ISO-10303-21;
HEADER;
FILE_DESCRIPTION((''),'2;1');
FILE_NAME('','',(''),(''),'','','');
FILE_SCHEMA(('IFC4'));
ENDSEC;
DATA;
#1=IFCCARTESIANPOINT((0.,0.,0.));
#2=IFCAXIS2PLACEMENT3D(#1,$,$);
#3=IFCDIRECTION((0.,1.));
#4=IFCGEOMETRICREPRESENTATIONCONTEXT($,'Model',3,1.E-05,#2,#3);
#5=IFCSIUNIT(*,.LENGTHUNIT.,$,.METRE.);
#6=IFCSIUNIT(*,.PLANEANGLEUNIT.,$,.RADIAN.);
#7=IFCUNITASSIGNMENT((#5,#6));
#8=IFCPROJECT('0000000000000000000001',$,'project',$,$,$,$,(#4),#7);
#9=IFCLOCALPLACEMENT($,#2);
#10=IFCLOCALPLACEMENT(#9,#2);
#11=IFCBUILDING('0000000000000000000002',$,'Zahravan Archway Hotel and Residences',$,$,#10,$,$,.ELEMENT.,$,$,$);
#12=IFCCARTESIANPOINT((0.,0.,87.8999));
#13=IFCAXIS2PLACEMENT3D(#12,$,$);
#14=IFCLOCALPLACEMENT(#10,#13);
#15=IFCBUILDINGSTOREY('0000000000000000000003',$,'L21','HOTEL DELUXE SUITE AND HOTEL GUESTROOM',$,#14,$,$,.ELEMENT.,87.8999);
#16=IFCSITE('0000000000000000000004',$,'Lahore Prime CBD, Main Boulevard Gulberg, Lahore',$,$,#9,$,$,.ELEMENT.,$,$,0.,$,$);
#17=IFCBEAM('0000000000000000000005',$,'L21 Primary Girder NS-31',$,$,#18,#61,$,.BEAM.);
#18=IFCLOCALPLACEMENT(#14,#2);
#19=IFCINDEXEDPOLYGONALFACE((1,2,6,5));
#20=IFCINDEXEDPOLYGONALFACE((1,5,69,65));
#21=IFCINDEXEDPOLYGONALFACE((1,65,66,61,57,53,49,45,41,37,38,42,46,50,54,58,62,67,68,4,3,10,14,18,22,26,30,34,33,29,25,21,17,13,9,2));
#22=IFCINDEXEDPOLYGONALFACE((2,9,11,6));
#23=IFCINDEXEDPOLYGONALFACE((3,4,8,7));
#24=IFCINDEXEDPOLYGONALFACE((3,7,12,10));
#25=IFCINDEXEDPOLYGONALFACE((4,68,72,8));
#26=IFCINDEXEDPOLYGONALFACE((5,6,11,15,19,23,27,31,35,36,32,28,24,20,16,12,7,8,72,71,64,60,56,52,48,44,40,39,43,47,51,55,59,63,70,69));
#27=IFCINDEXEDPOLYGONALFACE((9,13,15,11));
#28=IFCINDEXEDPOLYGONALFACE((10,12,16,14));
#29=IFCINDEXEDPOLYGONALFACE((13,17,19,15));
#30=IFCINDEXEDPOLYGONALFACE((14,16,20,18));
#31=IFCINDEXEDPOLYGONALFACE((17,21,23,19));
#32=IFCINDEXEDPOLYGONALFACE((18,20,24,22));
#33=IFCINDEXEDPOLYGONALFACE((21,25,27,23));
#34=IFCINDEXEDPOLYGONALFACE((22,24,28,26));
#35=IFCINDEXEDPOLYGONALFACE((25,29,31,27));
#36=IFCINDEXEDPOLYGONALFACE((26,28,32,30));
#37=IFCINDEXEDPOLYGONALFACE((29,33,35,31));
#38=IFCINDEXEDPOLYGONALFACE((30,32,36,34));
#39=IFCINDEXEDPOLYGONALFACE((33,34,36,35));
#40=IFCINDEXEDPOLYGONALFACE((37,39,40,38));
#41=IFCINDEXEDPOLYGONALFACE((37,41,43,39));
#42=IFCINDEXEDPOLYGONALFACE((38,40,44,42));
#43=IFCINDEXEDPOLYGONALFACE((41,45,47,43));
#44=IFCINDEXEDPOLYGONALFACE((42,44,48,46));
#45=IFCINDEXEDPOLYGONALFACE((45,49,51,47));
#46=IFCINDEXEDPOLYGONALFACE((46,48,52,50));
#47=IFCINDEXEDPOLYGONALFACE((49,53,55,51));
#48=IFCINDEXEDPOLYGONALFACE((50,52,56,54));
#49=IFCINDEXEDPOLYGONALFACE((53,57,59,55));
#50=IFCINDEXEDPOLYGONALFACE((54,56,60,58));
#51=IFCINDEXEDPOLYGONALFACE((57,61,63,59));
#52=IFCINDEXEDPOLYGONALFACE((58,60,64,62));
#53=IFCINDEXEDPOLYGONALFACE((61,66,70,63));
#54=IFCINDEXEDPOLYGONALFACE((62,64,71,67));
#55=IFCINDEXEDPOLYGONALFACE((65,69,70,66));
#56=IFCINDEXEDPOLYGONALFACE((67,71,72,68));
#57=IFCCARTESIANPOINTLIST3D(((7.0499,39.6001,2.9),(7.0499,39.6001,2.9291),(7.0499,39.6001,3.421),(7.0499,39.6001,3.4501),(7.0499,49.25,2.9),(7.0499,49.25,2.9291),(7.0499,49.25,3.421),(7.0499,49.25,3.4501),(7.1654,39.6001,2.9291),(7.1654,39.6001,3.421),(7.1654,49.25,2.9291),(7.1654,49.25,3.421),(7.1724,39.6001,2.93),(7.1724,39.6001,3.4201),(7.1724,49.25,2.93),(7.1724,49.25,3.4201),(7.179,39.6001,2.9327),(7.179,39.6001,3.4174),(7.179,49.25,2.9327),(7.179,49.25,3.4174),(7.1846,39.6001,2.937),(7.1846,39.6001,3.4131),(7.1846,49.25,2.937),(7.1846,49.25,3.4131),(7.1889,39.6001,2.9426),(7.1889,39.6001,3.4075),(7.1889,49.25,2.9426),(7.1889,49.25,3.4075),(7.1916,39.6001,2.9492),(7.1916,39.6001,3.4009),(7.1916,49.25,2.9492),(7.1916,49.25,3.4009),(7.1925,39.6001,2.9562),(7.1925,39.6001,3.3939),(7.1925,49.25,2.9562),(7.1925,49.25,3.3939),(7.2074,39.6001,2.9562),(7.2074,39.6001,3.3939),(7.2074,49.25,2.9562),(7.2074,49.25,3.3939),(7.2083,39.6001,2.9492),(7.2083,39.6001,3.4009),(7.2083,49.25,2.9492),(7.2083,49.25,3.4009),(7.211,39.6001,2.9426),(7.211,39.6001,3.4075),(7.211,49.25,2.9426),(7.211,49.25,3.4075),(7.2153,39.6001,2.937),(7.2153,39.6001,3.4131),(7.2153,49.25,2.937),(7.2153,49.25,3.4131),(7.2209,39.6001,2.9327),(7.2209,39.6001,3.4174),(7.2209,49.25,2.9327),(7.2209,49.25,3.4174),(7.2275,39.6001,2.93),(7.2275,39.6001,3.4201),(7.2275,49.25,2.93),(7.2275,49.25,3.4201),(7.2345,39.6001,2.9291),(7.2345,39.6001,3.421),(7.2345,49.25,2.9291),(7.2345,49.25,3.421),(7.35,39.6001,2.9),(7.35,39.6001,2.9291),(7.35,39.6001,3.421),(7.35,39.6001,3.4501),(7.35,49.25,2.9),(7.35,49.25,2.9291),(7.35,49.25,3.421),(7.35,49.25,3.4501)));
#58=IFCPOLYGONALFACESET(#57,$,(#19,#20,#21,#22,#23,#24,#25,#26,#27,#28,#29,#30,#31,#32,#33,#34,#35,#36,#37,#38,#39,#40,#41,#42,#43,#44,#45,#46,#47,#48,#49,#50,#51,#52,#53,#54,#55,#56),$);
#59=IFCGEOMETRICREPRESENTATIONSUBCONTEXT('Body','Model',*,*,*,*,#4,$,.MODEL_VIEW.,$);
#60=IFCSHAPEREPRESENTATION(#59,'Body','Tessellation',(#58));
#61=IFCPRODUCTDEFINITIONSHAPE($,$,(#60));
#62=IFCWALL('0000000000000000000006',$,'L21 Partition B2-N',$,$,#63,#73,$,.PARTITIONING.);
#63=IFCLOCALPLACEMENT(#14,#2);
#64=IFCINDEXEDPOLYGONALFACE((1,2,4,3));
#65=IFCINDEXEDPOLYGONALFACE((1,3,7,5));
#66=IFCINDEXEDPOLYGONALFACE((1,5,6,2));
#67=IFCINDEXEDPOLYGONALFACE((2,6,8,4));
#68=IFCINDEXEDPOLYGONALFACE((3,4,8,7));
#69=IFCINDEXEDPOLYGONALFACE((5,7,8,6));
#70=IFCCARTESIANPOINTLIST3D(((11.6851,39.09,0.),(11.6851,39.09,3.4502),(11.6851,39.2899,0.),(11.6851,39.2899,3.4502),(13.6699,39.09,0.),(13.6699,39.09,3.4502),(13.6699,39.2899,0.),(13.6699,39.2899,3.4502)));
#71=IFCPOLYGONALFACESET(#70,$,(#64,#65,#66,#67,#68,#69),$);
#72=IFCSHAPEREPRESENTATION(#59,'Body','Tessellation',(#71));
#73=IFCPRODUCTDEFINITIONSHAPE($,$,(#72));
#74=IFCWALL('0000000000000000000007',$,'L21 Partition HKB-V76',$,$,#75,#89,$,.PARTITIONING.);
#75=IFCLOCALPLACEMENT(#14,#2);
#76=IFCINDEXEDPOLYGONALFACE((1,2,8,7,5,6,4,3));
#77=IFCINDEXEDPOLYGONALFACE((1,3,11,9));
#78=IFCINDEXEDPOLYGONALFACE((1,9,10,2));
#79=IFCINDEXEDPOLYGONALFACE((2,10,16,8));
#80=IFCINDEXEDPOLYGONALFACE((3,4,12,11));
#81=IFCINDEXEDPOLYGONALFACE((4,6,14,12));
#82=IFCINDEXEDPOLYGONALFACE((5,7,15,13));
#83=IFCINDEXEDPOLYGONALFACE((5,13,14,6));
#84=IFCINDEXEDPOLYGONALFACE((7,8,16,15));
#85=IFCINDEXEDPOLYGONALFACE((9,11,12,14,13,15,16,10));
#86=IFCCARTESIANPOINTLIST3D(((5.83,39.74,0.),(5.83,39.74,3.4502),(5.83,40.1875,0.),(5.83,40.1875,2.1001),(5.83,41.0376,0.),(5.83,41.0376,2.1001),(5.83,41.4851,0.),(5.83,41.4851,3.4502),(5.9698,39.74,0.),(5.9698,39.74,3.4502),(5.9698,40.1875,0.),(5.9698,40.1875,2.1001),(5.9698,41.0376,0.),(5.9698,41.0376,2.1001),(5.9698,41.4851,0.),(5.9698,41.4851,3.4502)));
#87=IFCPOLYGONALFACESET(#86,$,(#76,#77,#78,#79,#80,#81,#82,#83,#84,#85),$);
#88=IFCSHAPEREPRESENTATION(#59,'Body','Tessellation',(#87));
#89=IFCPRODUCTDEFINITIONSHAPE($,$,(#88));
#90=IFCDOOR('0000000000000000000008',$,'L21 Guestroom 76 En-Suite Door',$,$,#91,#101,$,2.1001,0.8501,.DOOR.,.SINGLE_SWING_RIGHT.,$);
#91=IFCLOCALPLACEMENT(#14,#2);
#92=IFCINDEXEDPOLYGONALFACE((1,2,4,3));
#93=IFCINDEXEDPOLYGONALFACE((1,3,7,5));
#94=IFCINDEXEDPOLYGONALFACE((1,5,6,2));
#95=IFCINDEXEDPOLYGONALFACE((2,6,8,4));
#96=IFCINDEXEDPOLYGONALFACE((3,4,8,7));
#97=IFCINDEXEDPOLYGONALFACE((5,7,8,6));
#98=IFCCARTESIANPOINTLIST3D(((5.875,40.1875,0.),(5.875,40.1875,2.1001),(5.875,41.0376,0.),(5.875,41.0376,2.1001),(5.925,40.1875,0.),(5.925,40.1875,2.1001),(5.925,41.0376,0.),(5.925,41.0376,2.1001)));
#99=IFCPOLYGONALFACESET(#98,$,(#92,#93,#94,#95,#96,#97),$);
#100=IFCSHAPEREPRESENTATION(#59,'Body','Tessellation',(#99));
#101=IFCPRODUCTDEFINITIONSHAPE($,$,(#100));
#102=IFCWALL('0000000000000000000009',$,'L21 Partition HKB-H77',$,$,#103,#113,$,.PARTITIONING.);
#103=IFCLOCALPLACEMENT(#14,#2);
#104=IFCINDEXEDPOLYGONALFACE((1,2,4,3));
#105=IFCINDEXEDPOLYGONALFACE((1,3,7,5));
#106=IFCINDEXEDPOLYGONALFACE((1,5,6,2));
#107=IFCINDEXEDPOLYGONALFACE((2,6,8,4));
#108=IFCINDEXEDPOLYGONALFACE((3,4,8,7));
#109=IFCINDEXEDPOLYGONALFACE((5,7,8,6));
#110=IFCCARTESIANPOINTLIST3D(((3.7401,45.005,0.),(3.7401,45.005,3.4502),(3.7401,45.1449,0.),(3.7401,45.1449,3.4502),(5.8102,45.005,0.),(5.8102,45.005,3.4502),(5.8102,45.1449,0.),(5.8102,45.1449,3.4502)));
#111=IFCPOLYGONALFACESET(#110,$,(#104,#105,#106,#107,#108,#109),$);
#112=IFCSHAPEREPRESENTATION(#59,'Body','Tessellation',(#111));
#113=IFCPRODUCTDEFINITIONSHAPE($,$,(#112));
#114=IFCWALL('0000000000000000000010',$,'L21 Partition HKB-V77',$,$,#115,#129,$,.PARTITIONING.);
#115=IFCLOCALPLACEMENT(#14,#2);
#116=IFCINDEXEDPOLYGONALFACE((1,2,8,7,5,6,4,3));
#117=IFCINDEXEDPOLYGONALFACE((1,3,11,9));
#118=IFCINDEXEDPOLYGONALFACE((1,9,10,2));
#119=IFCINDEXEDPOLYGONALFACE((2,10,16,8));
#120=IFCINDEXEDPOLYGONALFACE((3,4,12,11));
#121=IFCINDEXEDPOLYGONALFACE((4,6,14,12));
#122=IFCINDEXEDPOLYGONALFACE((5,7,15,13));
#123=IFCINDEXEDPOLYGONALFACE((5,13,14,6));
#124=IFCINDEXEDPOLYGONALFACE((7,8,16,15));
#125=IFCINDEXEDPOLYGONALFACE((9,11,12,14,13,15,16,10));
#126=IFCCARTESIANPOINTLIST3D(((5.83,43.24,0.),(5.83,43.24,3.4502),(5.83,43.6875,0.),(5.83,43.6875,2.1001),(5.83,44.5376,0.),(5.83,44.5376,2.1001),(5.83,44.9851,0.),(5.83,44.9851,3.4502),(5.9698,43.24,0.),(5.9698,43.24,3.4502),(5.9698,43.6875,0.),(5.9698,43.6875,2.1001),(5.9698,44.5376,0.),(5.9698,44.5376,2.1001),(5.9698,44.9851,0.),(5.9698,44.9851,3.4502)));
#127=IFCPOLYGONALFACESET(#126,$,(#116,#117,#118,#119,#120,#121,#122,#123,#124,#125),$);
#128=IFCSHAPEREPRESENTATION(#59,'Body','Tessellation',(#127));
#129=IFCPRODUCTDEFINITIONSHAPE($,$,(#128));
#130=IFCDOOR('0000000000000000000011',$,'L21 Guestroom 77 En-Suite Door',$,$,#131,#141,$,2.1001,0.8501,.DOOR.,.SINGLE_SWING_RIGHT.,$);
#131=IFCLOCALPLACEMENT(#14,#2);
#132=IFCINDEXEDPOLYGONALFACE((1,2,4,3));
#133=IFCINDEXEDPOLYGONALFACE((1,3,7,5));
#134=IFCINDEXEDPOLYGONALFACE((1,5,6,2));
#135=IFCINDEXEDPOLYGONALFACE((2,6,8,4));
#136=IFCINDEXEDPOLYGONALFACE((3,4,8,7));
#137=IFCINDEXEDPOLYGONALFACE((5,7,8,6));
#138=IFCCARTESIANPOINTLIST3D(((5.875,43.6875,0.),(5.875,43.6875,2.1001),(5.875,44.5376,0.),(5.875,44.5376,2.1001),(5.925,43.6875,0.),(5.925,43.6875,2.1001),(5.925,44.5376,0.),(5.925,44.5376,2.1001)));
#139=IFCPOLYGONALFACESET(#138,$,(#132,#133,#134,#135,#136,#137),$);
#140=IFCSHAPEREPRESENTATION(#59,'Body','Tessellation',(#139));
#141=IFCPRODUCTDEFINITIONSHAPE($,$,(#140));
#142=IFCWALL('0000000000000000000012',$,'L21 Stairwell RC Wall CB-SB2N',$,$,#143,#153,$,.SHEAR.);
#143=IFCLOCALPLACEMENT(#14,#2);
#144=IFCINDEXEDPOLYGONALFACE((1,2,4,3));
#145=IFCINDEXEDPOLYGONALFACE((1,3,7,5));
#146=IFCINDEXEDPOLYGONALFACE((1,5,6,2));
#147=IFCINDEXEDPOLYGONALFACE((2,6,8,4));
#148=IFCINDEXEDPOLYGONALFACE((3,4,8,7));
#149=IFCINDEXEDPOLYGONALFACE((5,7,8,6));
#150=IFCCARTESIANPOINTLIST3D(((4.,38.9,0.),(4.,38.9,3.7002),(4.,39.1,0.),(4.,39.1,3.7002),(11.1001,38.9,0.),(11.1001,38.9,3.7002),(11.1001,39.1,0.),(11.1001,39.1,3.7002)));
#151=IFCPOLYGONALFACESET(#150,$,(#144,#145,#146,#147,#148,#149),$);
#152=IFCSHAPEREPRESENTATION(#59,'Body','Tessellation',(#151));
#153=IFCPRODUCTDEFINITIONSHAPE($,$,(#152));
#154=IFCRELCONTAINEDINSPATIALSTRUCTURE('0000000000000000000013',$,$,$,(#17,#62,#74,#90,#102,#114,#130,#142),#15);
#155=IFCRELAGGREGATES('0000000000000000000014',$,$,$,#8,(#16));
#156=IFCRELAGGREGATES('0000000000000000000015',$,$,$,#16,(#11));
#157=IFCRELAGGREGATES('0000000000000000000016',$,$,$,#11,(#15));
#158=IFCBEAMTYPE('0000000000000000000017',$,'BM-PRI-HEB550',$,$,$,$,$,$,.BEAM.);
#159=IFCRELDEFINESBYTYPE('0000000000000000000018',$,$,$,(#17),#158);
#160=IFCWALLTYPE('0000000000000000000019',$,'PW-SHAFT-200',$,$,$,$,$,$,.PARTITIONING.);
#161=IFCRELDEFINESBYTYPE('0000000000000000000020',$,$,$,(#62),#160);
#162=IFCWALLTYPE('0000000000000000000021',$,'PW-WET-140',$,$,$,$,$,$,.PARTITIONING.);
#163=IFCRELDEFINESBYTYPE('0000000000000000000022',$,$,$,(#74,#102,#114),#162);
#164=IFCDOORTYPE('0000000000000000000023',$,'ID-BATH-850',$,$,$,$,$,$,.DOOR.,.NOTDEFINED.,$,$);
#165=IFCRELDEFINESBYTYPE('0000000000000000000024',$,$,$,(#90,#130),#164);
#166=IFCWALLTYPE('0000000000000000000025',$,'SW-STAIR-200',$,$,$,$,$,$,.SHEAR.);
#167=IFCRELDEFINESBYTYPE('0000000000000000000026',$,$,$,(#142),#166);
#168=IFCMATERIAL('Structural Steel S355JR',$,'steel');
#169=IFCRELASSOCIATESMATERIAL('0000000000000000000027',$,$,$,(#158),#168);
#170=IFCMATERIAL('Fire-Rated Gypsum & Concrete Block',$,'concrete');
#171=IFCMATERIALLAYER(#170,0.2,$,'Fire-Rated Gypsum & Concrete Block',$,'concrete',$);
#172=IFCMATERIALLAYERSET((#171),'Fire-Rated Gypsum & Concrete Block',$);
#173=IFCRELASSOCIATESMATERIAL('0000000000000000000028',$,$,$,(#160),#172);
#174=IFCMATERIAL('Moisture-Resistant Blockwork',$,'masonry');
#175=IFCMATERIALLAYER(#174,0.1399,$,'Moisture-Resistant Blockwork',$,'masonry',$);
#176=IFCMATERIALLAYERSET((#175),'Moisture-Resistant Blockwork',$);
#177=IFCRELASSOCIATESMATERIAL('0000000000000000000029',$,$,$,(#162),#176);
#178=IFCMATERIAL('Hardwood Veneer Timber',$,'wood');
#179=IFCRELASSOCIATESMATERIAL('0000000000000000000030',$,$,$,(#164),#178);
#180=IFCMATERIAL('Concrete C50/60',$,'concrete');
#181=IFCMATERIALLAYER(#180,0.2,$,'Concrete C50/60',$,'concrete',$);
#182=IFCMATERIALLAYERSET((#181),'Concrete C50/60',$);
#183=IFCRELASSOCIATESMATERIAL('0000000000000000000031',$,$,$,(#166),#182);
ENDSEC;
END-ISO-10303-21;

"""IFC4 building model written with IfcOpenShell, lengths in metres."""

from ifc_helpers import new_model, si_unit, direction, frame, frame_2d, origin, origin_2d, place, context, subcontext, project, spatial, rectangle, i_section, extrude, source, transform, mapped, material, layer, layer_set, material_profile, profile_set, type_object, type_shapes, element, fill, save


model = new_model("IFC4")

# Units and contexts
model_context = context("Model", 3, precision=1e-05, world=origin(), true_north=direction((0.0, 1.0)))
body_context = subcontext(model_context, "Body", "Model", "MODEL_VIEW")
ifc_project = project(units=[si_unit("LENGTHUNIT", "METRE"), si_unit("PLANEANGLEUNIT", "RADIAN")], contexts=[model_context])

# Site, building, storey
site_placement = place(None, origin())
site = spatial("IfcSite", under=ifc_project, at=site_placement, Name="Lahore Prime CBD, Main Boulevard Gulberg, Lahore", CompositionType="ELEMENT", RefElevation=0.0)
building_placement = place(site_placement, origin())
building = spatial("IfcBuilding", under=site, at=building_placement, Name="Zahravan Archway Hotel and Residences", CompositionType="ELEMENT")
storey_placement = place(building_placement, frame((0.0, 0.0, 87.8999)))
storey = spatial("IfcBuildingStorey", under=building, at=storey_placement, Name="L21", Description="HOTEL DELUXE SUITE AND HOTEL GUESTROOM", CompositionType="ELEMENT", Elevation=87.8999)

# Beam
ifc_material_1 = material(Name="Structural Steel S355JR", Category="steel")
ifc_material_profile_1 = material_profile(ifc_material_1, i_section(OverallWidth=0.3, OverallDepth=0.55, WebThickness=0.0149, FlangeThickness=0.0291, FilletRadius=0.0271, at=origin_2d()), Name="HEB 550", Category="steel")
ifc_profile_set_1 = profile_set([ifc_material_profile_1], Name="Structural Steel S355JR")
beam_type_1 = type_object("IfcBeamType", Name="BM-PRI-HEB550", PredefinedType="BEAM", material=ifc_profile_set_1)
shared_shape_1 = source(origin(), body_context, "Body", "SweptSolid", [
    extrude(i_section(OverallWidth=0.3, OverallDepth=0.55, WebThickness=0.0149, FlangeThickness=0.0291, FilletRadius=0.0271, at=origin_2d()), origin(), (0.0, 0.0, 1.0), 9.6499),
])
beam_1_placement = place(storey_placement, frame((7.2, 39.6001, 3.175), z_axis=(0.0, 1.0, 0.0), x_axis=(-1.0, 0.0, 0.0)))
element("IfcBeam", 1, at=beam_1_placement, inside=storey, type_object=beam_type_1, Name="L21 Primary Girder NS-31", PredefinedType="BEAM", context=body_context, shape_type="MappedRepresentation", body=[
    mapped(shared_shape_1, transform((0.0, 0.0, 0.0), scale=1.0)),
])

# Wall
ifc_material_2 = material(Name="Fire-Rated Gypsum & Concrete Block", Category="concrete")
ifc_layer_1 = layer(ifc_material_2, 0.2, Name="Fire-Rated Gypsum & Concrete Block", Category="concrete")
ifc_layer_set_1 = layer_set([ifc_layer_1], Name="Fire-Rated Gypsum & Concrete Block")
wall_type_1 = type_object("IfcWallType", Name="PW-SHAFT-200", PredefinedType="PARTITIONING", material=ifc_layer_set_1)
wall_1_placement = place(storey_placement, frame((11.6851, 39.1899, 0.0), z_axis=(0.0, 0.0, 1.0), x_axis=(1.0, 0.0, 0.0)))
element("IfcWall", 2, at=wall_1_placement, inside=storey, type_object=wall_type_1, Name="L21 Partition B2-N", PredefinedType="PARTITIONING", context=body_context, shape_type="SweptSolid", body=[
    extrude(rectangle(XDim=1.9849, YDim=0.2, at=frame_2d((0.9924, 0.0))), origin(), (0.0, 0.0, 1.0), 3.4502),
])

# Wall, opening, door
ifc_material_3 = material(Name="Moisture-Resistant Blockwork", Category="masonry")
ifc_layer_2 = layer(ifc_material_3, 0.1399, Name="Moisture-Resistant Blockwork", Category="masonry")
ifc_layer_set_2 = layer_set([ifc_layer_2], Name="Moisture-Resistant Blockwork")
wall_type_2 = type_object("IfcWallType", Name="PW-WET-140", PredefinedType="PARTITIONING", material=ifc_layer_set_2)
wall_2_placement = place(storey_placement, frame((5.8999, 39.74, 0.0), z_axis=(0.0, 0.0, 1.0), x_axis=(0.0, 1.0, 0.0)))
wall_2 = element("IfcWall", 3, at=wall_2_placement, inside=storey, type_object=wall_type_2, Name="L21 Partition HKB-V76", PredefinedType="PARTITIONING", context=body_context, shape_type="SweptSolid", body=[
    extrude(rectangle(XDim=1.7451, YDim=0.1399, at=frame_2d((0.8726, 0.0))), origin(), (0.0, 0.0, 1.0), 3.4502),
])
opening_1_placement = place(wall_2_placement, frame((0.4475, 0.0, 0.0)))
opening_1 = element("IfcOpeningElement", 4, at=opening_1_placement, cuts=wall_2, PredefinedType="OPENING", context=body_context, shape_type="SweptSolid", body=[
    extrude(rectangle(XDim=0.8501, YDim=2.1001, at=frame_2d((0.425, 1.05))), frame((0.0, 0.0801, 0.0), z_axis=(0.0, -1.0, 0.0), x_axis=(1.0, 0.0, 0.0)), (0.0, 0.0, 1.0), 0.1599),
])
ifc_material_4 = material(Name="Hardwood Veneer Timber", Category="wood")
door_type = type_object("IfcDoorType", Name="ID-BATH-850", OperationType="NOTDEFINED", PredefinedType="DOOR", material=ifc_material_4)
shared_shape_2 = source(origin(), body_context, "Body", "SweptSolid", [
    extrude(rectangle(XDim=0.8501, YDim=2.1001, at=frame_2d((0.425, 1.05))), frame((0.0, 0.0249, 0.0), z_axis=(0.0, -1.0, 0.0), x_axis=(1.0, 0.0, 0.0)), (0.0, 0.0, 1.0), 0.05),
])
type_shapes(door_type, [shared_shape_2])
door_1_placement = place(opening_1_placement, origin())
door_1 = element("IfcDoor", 5, at=door_1_placement, inside=storey, type_object=door_type, Name="L21 Guestroom 76 En-Suite Door", OperationType="SINGLE_SWING_RIGHT", OverallHeight=2.1001, OverallWidth=0.8501, PredefinedType="DOOR", context=body_context, shape_type="MappedRepresentation", body=[
    mapped(shared_shape_2, transform((0.0, 0.0, 0.0), scale=1.0)),
])
fill(opening_1, door_1)

# Wall
wall_3_placement = place(storey_placement, frame((3.74, 45.075, 0.0), z_axis=(0.0, 0.0, 1.0), x_axis=(1.0, 0.0, 0.0)))
element("IfcWall", 6, at=wall_3_placement, inside=storey, type_object=wall_type_2, Name="L21 Partition HKB-H77", PredefinedType="PARTITIONING", context=body_context, shape_type="SweptSolid", body=[
    extrude(rectangle(XDim=2.0701, YDim=0.1399, at=frame_2d((1.0352, 0.0))), origin(), (0.0, 0.0, 1.0), 3.4502),
])

# Wall, opening, door
wall_4_placement = place(storey_placement, frame((5.8999, 43.24, 0.0), z_axis=(0.0, 0.0, 1.0), x_axis=(0.0, 1.0, 0.0)))
wall_4 = element("IfcWall", 7, at=wall_4_placement, inside=storey, type_object=wall_type_2, Name="L21 Partition HKB-V77", PredefinedType="PARTITIONING", context=body_context, shape_type="SweptSolid", body=[
    extrude(rectangle(XDim=1.7451, YDim=0.1399, at=frame_2d((0.8726, 0.0))), origin(), (0.0, 0.0, 1.0), 3.4502),
])
opening_2_placement = place(wall_4_placement, frame((0.4475, 0.0, 0.0)))
opening_2 = element("IfcOpeningElement", 8, at=opening_2_placement, cuts=wall_4, PredefinedType="OPENING", context=body_context, shape_type="SweptSolid", body=[
    extrude(rectangle(XDim=0.8501, YDim=2.1001, at=frame_2d((0.425, 1.05))), frame((0.0, 0.0801, 0.0), z_axis=(0.0, -1.0, 0.0), x_axis=(1.0, 0.0, 0.0)), (0.0, 0.0, 1.0), 0.1599),
])
door_2_placement = place(opening_2_placement, origin())
door_2 = element("IfcDoor", 9, at=door_2_placement, inside=storey, type_object=door_type, Name="L21 Guestroom 77 En-Suite Door", OperationType="SINGLE_SWING_RIGHT", OverallHeight=2.1001, OverallWidth=0.8501, PredefinedType="DOOR", context=body_context, shape_type="MappedRepresentation", body=[
    mapped(shared_shape_2, transform((0.0, 0.0, 0.0), scale=1.0)),
])
fill(opening_2, door_2)

# Wall
ifc_material_5 = material(Name="Concrete C50/60", Category="concrete")
ifc_layer_3 = layer(ifc_material_5, 0.2, Name="Concrete C50/60", Category="concrete")
ifc_layer_set_3 = layer_set([ifc_layer_3], Name="Concrete C50/60")
wall_type_3 = type_object("IfcWallType", Name="SW-STAIR-200", PredefinedType="SHEAR", material=ifc_layer_set_3)
wall_5_placement = place(storey_placement, frame((4.0, 39.0, 0.0), z_axis=(0.0, 0.0, 1.0), x_axis=(1.0, 0.0, 0.0)))
element("IfcWall", 10, at=wall_5_placement, inside=storey, type_object=wall_type_3, Name="L21 Stairwell RC Wall CB-SB2N", PredefinedType="SHEAR", context=body_context, shape_type="SweptSolid", body=[
    extrude(rectangle(XDim=7.1001, YDim=0.2, at=frame_2d((3.55, 0.0))), origin(), (0.0, 0.0, 1.0), 3.7002),
])

save(model, "model.ifc")
